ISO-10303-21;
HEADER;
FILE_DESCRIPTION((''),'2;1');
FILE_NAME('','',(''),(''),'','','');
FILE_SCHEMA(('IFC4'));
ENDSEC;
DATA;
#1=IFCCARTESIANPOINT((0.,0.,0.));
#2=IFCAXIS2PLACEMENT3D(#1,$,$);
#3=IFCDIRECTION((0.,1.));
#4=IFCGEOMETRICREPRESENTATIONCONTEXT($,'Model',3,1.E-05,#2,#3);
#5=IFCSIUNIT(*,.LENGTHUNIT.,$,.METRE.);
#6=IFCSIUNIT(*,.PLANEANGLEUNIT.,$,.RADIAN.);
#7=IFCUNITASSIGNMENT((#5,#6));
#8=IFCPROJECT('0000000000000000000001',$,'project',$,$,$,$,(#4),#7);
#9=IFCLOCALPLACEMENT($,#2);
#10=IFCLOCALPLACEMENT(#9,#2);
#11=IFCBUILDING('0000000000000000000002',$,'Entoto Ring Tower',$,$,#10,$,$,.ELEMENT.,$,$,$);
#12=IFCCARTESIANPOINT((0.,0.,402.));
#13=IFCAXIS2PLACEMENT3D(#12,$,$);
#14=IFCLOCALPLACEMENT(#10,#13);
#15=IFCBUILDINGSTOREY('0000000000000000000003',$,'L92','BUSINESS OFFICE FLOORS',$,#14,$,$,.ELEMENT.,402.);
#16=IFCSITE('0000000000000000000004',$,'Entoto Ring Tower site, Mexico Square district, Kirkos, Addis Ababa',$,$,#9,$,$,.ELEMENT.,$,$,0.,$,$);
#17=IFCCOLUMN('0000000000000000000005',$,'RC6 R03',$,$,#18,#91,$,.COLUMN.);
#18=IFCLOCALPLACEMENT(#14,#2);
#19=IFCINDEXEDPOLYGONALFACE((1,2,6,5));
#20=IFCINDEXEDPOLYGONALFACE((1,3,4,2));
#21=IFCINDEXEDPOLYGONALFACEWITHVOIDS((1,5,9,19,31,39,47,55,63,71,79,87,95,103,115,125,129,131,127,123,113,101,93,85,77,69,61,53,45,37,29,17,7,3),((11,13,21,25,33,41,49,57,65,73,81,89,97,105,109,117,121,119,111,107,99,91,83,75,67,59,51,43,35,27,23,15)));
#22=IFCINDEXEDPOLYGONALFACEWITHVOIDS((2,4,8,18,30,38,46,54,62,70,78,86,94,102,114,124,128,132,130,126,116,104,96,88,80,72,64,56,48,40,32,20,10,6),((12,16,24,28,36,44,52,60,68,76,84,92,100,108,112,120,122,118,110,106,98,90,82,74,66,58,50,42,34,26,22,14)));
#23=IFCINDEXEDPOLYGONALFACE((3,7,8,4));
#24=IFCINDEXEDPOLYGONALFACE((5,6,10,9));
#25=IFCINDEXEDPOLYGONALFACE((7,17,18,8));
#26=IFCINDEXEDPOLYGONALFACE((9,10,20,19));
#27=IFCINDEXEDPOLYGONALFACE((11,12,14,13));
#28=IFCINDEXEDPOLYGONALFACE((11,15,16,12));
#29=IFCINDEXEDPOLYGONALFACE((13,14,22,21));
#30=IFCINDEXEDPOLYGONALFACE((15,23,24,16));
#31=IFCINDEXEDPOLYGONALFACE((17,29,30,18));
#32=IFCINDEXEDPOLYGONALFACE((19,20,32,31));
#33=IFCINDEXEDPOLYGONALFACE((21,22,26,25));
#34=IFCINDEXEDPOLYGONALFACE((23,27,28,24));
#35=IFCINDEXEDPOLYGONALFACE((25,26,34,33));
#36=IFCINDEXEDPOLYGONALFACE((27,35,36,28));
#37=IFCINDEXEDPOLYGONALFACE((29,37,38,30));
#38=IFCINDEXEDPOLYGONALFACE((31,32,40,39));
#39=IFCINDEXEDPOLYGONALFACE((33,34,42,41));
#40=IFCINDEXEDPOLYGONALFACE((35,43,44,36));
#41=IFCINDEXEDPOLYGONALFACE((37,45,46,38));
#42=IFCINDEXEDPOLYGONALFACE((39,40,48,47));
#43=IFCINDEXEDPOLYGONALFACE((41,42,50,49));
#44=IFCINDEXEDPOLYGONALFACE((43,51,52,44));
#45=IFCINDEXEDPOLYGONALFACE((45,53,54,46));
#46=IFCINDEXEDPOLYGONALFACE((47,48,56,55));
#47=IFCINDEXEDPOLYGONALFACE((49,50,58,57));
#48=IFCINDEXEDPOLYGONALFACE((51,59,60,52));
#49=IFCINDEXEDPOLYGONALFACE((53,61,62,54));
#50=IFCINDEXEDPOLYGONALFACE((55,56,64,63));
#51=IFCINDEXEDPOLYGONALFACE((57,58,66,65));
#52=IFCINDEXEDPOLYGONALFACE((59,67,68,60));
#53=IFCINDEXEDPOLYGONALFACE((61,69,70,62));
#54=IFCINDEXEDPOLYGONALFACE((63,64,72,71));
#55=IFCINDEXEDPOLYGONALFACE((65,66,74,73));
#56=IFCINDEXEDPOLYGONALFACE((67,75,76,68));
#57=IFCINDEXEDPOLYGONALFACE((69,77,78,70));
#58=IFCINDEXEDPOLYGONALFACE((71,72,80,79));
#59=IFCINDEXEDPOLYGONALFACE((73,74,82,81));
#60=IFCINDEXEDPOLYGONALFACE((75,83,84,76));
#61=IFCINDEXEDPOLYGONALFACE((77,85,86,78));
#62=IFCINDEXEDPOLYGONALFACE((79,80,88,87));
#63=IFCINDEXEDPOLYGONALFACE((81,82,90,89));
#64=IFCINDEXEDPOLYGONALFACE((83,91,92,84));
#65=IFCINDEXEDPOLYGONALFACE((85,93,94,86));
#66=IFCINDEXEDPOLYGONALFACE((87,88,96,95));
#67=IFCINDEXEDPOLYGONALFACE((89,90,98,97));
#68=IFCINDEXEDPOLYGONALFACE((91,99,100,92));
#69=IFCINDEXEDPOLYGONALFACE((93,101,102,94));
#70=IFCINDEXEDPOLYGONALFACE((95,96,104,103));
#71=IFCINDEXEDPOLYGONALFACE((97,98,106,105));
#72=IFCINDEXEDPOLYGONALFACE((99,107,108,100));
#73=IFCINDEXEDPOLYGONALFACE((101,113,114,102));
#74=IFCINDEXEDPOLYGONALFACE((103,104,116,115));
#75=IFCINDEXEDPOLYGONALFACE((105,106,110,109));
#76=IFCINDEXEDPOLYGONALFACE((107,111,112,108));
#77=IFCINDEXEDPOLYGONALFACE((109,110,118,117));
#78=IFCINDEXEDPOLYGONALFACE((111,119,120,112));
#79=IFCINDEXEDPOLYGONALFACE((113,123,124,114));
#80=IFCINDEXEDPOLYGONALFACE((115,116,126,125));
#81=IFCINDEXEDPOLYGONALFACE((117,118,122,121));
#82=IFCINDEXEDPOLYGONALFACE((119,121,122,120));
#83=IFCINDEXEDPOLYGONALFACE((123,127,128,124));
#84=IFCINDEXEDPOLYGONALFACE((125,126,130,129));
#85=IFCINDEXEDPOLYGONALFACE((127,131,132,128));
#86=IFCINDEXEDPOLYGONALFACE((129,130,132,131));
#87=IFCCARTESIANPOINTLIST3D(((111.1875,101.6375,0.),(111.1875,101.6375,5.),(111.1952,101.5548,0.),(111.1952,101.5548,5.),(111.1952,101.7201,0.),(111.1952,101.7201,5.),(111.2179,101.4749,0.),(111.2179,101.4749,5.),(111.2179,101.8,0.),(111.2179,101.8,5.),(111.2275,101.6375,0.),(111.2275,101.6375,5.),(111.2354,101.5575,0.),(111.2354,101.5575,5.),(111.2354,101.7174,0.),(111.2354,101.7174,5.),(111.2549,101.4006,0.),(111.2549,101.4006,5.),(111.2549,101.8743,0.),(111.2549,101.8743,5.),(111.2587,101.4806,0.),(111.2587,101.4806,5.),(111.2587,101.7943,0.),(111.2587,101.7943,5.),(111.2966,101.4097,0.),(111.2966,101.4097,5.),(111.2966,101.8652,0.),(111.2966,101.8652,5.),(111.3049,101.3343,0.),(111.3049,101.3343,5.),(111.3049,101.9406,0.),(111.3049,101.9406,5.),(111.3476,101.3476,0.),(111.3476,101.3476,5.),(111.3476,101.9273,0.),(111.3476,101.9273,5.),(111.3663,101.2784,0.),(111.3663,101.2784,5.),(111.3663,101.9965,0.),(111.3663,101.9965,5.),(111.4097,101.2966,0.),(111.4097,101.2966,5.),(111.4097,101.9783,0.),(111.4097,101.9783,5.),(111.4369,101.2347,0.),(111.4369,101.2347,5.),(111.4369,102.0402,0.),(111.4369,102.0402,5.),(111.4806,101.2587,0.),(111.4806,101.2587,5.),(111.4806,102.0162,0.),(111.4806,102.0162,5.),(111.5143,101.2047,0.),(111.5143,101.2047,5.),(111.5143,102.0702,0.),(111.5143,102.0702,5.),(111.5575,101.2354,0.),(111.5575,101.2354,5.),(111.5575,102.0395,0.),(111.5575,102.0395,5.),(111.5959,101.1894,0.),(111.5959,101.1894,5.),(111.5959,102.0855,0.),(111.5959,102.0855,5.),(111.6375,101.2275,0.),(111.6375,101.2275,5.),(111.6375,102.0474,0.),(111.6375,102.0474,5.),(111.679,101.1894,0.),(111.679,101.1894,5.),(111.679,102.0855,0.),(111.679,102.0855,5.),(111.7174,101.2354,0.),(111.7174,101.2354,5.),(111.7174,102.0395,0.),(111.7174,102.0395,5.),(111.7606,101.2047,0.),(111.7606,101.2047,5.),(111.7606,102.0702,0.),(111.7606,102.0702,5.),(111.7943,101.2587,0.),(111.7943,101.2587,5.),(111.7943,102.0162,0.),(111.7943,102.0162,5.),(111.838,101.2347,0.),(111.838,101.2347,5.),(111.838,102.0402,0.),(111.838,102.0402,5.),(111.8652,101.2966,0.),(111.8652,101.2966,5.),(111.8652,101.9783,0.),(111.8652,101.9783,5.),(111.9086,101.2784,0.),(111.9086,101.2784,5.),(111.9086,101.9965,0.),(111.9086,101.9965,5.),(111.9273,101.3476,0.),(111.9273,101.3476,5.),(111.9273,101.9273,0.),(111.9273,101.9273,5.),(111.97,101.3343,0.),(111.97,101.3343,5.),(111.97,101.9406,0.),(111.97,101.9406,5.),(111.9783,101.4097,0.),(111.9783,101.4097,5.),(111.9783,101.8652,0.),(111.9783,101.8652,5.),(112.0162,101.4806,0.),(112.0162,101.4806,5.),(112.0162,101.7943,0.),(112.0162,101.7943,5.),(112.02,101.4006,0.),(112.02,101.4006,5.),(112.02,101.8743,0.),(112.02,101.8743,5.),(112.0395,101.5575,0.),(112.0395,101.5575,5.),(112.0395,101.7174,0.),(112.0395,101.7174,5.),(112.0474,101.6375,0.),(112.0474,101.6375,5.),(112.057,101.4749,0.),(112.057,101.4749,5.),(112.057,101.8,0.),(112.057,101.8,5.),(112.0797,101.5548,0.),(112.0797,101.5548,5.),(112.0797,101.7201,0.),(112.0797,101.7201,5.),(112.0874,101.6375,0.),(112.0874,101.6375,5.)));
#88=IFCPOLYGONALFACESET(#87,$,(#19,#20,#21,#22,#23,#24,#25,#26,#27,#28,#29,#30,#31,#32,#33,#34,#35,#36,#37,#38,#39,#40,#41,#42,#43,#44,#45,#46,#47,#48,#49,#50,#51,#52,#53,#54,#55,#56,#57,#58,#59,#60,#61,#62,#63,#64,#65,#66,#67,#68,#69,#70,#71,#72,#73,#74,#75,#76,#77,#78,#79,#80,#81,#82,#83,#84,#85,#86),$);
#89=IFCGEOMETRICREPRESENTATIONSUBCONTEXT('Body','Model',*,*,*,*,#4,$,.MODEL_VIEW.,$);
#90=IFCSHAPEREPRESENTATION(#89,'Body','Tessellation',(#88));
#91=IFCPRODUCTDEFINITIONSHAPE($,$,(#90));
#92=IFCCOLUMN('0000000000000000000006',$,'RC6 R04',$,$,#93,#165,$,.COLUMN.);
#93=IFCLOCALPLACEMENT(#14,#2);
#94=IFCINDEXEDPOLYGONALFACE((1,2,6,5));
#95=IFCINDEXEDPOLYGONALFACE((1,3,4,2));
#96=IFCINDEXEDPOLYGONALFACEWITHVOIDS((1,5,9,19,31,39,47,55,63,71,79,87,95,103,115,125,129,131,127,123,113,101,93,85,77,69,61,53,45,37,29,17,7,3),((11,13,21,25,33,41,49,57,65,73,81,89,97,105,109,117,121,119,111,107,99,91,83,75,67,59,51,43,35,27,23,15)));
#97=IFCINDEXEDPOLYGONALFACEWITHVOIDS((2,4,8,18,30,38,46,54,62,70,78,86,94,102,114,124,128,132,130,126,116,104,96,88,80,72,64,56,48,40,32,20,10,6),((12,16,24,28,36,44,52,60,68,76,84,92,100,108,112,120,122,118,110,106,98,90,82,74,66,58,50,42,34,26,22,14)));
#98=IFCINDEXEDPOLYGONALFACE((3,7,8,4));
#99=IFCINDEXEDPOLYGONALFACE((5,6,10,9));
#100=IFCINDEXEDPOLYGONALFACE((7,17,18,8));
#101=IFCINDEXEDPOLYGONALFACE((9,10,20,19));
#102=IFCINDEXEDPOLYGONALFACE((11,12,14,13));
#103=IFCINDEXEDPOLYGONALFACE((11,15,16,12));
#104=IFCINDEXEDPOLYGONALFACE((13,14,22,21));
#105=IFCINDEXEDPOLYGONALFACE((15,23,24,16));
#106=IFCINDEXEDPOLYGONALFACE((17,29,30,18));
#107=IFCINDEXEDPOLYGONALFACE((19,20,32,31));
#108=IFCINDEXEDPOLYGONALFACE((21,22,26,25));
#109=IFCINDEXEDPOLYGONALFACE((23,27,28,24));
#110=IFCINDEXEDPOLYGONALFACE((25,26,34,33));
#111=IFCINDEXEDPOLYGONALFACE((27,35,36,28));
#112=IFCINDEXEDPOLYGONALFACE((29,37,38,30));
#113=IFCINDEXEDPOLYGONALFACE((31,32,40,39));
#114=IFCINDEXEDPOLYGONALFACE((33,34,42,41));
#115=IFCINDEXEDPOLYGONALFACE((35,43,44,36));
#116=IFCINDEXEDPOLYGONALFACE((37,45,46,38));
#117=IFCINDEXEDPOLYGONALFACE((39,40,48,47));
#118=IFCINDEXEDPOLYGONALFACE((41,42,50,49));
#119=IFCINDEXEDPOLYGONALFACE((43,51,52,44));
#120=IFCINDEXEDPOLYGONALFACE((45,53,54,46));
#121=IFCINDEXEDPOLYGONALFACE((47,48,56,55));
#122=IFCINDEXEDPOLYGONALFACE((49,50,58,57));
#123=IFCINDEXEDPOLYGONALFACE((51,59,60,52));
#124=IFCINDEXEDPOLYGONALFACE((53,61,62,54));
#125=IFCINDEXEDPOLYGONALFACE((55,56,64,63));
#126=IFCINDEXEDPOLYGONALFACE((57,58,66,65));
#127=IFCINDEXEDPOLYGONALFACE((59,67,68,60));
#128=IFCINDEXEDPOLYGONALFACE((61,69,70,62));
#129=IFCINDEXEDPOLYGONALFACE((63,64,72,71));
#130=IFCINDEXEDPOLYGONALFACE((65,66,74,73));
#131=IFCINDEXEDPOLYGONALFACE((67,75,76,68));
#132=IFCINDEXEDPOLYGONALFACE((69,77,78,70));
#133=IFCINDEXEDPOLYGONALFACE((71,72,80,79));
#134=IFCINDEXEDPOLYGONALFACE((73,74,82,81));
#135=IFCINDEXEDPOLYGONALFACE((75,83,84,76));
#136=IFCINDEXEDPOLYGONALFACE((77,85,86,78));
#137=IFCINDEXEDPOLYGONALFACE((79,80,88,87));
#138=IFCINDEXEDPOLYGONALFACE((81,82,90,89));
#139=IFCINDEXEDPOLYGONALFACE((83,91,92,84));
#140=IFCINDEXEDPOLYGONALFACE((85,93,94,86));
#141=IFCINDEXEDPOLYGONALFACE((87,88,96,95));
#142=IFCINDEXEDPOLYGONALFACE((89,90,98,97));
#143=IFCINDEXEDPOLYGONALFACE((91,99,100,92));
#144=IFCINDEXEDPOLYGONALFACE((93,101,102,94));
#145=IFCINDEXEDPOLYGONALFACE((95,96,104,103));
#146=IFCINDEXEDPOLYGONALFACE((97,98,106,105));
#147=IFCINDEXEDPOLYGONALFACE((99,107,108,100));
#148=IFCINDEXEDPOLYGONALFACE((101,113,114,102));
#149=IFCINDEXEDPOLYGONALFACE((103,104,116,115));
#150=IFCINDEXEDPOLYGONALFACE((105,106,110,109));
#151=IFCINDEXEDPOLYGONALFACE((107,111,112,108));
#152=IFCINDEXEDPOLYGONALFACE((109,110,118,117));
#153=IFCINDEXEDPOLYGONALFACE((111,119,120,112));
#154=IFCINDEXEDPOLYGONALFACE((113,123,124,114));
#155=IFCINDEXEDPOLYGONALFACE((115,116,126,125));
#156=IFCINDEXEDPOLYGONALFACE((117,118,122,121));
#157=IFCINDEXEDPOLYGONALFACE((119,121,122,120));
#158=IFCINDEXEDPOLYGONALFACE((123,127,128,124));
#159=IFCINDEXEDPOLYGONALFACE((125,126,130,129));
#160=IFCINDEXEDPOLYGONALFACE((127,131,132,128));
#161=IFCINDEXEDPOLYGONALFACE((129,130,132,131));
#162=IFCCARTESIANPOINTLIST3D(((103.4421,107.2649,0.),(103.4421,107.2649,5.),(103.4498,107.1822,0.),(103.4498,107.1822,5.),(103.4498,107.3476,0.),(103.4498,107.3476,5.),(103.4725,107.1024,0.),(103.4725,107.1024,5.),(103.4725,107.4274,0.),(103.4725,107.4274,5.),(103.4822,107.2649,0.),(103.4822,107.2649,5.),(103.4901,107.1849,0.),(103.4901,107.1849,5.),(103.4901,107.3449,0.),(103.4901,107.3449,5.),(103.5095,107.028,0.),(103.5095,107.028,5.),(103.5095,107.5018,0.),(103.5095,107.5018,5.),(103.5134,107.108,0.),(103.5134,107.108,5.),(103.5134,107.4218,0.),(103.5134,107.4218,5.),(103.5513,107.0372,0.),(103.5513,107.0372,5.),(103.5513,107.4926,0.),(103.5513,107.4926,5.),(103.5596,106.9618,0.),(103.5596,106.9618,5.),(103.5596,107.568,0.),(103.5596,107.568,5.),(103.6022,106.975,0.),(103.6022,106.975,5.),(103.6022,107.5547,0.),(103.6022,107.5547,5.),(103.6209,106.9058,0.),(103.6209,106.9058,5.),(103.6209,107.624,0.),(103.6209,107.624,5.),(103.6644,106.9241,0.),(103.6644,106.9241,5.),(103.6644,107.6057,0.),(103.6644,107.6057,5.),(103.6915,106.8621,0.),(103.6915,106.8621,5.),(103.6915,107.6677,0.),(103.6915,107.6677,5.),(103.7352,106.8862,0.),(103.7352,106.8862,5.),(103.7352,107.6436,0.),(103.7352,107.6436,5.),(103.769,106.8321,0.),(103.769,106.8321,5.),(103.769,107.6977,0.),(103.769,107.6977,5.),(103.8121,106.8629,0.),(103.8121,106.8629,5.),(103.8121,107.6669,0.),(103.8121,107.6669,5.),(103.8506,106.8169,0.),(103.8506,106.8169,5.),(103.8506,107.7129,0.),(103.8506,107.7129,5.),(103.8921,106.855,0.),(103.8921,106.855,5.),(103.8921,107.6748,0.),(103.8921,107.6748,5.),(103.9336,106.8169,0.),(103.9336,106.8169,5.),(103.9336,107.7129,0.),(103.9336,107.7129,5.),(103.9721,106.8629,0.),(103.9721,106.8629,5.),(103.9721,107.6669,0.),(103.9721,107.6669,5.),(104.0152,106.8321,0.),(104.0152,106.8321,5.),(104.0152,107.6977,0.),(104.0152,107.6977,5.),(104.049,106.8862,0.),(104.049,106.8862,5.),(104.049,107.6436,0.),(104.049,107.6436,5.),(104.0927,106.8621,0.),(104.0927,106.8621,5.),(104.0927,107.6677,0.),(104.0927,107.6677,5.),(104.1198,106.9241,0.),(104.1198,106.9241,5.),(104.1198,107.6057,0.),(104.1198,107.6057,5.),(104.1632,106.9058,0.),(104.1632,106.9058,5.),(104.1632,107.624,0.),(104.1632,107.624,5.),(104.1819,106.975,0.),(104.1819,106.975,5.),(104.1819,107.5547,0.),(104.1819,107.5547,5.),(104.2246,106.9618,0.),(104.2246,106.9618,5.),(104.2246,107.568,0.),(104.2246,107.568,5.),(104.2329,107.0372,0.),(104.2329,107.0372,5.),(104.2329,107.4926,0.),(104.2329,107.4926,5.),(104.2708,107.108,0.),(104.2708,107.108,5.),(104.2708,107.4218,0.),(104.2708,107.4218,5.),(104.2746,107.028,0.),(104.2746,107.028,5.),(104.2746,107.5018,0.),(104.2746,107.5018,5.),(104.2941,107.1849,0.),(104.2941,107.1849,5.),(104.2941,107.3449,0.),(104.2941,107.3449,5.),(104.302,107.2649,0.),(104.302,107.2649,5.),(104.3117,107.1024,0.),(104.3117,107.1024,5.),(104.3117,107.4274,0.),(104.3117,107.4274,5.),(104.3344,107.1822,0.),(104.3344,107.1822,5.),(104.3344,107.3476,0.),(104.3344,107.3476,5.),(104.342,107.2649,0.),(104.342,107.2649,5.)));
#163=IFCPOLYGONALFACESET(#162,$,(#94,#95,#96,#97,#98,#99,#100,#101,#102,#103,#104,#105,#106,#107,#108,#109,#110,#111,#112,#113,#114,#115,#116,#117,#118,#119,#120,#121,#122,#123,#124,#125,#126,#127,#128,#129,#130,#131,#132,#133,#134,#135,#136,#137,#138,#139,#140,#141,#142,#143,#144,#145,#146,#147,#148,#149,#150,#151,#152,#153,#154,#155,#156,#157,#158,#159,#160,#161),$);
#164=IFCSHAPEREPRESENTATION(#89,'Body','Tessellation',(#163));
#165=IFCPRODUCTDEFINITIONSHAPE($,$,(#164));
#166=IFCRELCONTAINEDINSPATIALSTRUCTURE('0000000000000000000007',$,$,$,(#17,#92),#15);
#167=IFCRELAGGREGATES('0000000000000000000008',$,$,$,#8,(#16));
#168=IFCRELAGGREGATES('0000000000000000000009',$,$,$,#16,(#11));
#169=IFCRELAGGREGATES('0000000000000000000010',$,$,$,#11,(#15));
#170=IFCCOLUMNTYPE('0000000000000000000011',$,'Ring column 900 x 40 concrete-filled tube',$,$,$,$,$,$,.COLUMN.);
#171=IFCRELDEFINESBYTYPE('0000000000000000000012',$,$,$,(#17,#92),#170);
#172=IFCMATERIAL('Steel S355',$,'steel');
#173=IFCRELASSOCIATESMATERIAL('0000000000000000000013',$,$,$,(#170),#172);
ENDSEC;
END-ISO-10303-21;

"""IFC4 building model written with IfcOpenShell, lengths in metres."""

from ifc_helpers import new_model, si_unit, direction, frame, origin, origin_2d, place, context, subcontext, project, spatial, circle, hollow_circle, extrude, material, material_profile, profile_set, type_object, element, save


model = new_model("IFC4")

# Units and contexts
model_context = context("Model", 3, precision=1e-05, world=origin(), true_north=direction((0.0, 1.0)))
body_context = subcontext(model_context, "Body", "Model", "MODEL_VIEW")
ifc_project = project(units=[si_unit("LENGTHUNIT", "METRE"), si_unit("PLANEANGLEUNIT", "RADIAN")], contexts=[model_context])

# Site, building, storey
site_placement = place(None, origin())
site = spatial("IfcSite", under=ifc_project, at=site_placement, Name="Entoto Ring Tower site, Mexico Square district, Kirkos, Addis Ababa", CompositionType="ELEMENT", RefElevation=0.0)
building_placement = place(site_placement, origin())
building = spatial("IfcBuilding", under=site, at=building_placement, Name="Entoto Ring Tower", CompositionType="ELEMENT")
storey_placement = place(building_placement, frame((0.0, 0.0, 402.0)))
storey = spatial("IfcBuildingStorey", under=building, at=storey_placement, Name="L92", Description="BUSINESS OFFICE FLOORS", CompositionType="ELEMENT", Elevation=402.0)

# Columns
ifc_material_1 = material(Name="Steel S355", Category="steel")
ifc_material_profile_1 = material_profile(ifc_material_1, hollow_circle(Radius=0.45, WallThickness=0.04, at=origin_2d()), Name="CHS 900 x 40")
ifc_material_2 = material(Name="Concrete C60/75", Category="concrete")
ifc_material_profile_2 = material_profile(ifc_material_2, circle(Radius=0.4099, at=origin_2d()), Name="Concrete C60/75 infill")
ifc_profile_set_1 = profile_set([ifc_material_profile_1, ifc_material_profile_2], Name="Steel S355")
column_type = type_object("IfcColumnType", Name="Ring column 900 x 40 concrete-filled tube", PredefinedType="COLUMN", material=ifc_profile_set_1)
for number, where, z_axis, x_axis, name in (
    (1, (111.6375, 101.6375, 0.0), (0.0, 0.0, 1.0), (1.0, 0.0, 0.0), "RC6 R03"),
    (2, (103.8921, 107.2649, 0.0), (0.0, 0.0, 1.0), (1.0, 0.0, 0.0), "RC6 R04"),
):
    element("IfcColumn", number, at=place(storey_placement, frame(where, z_axis=z_axis, x_axis=x_axis)), inside=storey, type_object=column_type, Name=name, PredefinedType="COLUMN", context=body_context, shape_type="SweptSolid", body=[
        extrude(hollow_circle(Radius=0.45, WallThickness=0.04, at=origin_2d()), origin(), (0.0, 0.0, 1.0), 5.0),
    ])

save(model, "model.ifc")
